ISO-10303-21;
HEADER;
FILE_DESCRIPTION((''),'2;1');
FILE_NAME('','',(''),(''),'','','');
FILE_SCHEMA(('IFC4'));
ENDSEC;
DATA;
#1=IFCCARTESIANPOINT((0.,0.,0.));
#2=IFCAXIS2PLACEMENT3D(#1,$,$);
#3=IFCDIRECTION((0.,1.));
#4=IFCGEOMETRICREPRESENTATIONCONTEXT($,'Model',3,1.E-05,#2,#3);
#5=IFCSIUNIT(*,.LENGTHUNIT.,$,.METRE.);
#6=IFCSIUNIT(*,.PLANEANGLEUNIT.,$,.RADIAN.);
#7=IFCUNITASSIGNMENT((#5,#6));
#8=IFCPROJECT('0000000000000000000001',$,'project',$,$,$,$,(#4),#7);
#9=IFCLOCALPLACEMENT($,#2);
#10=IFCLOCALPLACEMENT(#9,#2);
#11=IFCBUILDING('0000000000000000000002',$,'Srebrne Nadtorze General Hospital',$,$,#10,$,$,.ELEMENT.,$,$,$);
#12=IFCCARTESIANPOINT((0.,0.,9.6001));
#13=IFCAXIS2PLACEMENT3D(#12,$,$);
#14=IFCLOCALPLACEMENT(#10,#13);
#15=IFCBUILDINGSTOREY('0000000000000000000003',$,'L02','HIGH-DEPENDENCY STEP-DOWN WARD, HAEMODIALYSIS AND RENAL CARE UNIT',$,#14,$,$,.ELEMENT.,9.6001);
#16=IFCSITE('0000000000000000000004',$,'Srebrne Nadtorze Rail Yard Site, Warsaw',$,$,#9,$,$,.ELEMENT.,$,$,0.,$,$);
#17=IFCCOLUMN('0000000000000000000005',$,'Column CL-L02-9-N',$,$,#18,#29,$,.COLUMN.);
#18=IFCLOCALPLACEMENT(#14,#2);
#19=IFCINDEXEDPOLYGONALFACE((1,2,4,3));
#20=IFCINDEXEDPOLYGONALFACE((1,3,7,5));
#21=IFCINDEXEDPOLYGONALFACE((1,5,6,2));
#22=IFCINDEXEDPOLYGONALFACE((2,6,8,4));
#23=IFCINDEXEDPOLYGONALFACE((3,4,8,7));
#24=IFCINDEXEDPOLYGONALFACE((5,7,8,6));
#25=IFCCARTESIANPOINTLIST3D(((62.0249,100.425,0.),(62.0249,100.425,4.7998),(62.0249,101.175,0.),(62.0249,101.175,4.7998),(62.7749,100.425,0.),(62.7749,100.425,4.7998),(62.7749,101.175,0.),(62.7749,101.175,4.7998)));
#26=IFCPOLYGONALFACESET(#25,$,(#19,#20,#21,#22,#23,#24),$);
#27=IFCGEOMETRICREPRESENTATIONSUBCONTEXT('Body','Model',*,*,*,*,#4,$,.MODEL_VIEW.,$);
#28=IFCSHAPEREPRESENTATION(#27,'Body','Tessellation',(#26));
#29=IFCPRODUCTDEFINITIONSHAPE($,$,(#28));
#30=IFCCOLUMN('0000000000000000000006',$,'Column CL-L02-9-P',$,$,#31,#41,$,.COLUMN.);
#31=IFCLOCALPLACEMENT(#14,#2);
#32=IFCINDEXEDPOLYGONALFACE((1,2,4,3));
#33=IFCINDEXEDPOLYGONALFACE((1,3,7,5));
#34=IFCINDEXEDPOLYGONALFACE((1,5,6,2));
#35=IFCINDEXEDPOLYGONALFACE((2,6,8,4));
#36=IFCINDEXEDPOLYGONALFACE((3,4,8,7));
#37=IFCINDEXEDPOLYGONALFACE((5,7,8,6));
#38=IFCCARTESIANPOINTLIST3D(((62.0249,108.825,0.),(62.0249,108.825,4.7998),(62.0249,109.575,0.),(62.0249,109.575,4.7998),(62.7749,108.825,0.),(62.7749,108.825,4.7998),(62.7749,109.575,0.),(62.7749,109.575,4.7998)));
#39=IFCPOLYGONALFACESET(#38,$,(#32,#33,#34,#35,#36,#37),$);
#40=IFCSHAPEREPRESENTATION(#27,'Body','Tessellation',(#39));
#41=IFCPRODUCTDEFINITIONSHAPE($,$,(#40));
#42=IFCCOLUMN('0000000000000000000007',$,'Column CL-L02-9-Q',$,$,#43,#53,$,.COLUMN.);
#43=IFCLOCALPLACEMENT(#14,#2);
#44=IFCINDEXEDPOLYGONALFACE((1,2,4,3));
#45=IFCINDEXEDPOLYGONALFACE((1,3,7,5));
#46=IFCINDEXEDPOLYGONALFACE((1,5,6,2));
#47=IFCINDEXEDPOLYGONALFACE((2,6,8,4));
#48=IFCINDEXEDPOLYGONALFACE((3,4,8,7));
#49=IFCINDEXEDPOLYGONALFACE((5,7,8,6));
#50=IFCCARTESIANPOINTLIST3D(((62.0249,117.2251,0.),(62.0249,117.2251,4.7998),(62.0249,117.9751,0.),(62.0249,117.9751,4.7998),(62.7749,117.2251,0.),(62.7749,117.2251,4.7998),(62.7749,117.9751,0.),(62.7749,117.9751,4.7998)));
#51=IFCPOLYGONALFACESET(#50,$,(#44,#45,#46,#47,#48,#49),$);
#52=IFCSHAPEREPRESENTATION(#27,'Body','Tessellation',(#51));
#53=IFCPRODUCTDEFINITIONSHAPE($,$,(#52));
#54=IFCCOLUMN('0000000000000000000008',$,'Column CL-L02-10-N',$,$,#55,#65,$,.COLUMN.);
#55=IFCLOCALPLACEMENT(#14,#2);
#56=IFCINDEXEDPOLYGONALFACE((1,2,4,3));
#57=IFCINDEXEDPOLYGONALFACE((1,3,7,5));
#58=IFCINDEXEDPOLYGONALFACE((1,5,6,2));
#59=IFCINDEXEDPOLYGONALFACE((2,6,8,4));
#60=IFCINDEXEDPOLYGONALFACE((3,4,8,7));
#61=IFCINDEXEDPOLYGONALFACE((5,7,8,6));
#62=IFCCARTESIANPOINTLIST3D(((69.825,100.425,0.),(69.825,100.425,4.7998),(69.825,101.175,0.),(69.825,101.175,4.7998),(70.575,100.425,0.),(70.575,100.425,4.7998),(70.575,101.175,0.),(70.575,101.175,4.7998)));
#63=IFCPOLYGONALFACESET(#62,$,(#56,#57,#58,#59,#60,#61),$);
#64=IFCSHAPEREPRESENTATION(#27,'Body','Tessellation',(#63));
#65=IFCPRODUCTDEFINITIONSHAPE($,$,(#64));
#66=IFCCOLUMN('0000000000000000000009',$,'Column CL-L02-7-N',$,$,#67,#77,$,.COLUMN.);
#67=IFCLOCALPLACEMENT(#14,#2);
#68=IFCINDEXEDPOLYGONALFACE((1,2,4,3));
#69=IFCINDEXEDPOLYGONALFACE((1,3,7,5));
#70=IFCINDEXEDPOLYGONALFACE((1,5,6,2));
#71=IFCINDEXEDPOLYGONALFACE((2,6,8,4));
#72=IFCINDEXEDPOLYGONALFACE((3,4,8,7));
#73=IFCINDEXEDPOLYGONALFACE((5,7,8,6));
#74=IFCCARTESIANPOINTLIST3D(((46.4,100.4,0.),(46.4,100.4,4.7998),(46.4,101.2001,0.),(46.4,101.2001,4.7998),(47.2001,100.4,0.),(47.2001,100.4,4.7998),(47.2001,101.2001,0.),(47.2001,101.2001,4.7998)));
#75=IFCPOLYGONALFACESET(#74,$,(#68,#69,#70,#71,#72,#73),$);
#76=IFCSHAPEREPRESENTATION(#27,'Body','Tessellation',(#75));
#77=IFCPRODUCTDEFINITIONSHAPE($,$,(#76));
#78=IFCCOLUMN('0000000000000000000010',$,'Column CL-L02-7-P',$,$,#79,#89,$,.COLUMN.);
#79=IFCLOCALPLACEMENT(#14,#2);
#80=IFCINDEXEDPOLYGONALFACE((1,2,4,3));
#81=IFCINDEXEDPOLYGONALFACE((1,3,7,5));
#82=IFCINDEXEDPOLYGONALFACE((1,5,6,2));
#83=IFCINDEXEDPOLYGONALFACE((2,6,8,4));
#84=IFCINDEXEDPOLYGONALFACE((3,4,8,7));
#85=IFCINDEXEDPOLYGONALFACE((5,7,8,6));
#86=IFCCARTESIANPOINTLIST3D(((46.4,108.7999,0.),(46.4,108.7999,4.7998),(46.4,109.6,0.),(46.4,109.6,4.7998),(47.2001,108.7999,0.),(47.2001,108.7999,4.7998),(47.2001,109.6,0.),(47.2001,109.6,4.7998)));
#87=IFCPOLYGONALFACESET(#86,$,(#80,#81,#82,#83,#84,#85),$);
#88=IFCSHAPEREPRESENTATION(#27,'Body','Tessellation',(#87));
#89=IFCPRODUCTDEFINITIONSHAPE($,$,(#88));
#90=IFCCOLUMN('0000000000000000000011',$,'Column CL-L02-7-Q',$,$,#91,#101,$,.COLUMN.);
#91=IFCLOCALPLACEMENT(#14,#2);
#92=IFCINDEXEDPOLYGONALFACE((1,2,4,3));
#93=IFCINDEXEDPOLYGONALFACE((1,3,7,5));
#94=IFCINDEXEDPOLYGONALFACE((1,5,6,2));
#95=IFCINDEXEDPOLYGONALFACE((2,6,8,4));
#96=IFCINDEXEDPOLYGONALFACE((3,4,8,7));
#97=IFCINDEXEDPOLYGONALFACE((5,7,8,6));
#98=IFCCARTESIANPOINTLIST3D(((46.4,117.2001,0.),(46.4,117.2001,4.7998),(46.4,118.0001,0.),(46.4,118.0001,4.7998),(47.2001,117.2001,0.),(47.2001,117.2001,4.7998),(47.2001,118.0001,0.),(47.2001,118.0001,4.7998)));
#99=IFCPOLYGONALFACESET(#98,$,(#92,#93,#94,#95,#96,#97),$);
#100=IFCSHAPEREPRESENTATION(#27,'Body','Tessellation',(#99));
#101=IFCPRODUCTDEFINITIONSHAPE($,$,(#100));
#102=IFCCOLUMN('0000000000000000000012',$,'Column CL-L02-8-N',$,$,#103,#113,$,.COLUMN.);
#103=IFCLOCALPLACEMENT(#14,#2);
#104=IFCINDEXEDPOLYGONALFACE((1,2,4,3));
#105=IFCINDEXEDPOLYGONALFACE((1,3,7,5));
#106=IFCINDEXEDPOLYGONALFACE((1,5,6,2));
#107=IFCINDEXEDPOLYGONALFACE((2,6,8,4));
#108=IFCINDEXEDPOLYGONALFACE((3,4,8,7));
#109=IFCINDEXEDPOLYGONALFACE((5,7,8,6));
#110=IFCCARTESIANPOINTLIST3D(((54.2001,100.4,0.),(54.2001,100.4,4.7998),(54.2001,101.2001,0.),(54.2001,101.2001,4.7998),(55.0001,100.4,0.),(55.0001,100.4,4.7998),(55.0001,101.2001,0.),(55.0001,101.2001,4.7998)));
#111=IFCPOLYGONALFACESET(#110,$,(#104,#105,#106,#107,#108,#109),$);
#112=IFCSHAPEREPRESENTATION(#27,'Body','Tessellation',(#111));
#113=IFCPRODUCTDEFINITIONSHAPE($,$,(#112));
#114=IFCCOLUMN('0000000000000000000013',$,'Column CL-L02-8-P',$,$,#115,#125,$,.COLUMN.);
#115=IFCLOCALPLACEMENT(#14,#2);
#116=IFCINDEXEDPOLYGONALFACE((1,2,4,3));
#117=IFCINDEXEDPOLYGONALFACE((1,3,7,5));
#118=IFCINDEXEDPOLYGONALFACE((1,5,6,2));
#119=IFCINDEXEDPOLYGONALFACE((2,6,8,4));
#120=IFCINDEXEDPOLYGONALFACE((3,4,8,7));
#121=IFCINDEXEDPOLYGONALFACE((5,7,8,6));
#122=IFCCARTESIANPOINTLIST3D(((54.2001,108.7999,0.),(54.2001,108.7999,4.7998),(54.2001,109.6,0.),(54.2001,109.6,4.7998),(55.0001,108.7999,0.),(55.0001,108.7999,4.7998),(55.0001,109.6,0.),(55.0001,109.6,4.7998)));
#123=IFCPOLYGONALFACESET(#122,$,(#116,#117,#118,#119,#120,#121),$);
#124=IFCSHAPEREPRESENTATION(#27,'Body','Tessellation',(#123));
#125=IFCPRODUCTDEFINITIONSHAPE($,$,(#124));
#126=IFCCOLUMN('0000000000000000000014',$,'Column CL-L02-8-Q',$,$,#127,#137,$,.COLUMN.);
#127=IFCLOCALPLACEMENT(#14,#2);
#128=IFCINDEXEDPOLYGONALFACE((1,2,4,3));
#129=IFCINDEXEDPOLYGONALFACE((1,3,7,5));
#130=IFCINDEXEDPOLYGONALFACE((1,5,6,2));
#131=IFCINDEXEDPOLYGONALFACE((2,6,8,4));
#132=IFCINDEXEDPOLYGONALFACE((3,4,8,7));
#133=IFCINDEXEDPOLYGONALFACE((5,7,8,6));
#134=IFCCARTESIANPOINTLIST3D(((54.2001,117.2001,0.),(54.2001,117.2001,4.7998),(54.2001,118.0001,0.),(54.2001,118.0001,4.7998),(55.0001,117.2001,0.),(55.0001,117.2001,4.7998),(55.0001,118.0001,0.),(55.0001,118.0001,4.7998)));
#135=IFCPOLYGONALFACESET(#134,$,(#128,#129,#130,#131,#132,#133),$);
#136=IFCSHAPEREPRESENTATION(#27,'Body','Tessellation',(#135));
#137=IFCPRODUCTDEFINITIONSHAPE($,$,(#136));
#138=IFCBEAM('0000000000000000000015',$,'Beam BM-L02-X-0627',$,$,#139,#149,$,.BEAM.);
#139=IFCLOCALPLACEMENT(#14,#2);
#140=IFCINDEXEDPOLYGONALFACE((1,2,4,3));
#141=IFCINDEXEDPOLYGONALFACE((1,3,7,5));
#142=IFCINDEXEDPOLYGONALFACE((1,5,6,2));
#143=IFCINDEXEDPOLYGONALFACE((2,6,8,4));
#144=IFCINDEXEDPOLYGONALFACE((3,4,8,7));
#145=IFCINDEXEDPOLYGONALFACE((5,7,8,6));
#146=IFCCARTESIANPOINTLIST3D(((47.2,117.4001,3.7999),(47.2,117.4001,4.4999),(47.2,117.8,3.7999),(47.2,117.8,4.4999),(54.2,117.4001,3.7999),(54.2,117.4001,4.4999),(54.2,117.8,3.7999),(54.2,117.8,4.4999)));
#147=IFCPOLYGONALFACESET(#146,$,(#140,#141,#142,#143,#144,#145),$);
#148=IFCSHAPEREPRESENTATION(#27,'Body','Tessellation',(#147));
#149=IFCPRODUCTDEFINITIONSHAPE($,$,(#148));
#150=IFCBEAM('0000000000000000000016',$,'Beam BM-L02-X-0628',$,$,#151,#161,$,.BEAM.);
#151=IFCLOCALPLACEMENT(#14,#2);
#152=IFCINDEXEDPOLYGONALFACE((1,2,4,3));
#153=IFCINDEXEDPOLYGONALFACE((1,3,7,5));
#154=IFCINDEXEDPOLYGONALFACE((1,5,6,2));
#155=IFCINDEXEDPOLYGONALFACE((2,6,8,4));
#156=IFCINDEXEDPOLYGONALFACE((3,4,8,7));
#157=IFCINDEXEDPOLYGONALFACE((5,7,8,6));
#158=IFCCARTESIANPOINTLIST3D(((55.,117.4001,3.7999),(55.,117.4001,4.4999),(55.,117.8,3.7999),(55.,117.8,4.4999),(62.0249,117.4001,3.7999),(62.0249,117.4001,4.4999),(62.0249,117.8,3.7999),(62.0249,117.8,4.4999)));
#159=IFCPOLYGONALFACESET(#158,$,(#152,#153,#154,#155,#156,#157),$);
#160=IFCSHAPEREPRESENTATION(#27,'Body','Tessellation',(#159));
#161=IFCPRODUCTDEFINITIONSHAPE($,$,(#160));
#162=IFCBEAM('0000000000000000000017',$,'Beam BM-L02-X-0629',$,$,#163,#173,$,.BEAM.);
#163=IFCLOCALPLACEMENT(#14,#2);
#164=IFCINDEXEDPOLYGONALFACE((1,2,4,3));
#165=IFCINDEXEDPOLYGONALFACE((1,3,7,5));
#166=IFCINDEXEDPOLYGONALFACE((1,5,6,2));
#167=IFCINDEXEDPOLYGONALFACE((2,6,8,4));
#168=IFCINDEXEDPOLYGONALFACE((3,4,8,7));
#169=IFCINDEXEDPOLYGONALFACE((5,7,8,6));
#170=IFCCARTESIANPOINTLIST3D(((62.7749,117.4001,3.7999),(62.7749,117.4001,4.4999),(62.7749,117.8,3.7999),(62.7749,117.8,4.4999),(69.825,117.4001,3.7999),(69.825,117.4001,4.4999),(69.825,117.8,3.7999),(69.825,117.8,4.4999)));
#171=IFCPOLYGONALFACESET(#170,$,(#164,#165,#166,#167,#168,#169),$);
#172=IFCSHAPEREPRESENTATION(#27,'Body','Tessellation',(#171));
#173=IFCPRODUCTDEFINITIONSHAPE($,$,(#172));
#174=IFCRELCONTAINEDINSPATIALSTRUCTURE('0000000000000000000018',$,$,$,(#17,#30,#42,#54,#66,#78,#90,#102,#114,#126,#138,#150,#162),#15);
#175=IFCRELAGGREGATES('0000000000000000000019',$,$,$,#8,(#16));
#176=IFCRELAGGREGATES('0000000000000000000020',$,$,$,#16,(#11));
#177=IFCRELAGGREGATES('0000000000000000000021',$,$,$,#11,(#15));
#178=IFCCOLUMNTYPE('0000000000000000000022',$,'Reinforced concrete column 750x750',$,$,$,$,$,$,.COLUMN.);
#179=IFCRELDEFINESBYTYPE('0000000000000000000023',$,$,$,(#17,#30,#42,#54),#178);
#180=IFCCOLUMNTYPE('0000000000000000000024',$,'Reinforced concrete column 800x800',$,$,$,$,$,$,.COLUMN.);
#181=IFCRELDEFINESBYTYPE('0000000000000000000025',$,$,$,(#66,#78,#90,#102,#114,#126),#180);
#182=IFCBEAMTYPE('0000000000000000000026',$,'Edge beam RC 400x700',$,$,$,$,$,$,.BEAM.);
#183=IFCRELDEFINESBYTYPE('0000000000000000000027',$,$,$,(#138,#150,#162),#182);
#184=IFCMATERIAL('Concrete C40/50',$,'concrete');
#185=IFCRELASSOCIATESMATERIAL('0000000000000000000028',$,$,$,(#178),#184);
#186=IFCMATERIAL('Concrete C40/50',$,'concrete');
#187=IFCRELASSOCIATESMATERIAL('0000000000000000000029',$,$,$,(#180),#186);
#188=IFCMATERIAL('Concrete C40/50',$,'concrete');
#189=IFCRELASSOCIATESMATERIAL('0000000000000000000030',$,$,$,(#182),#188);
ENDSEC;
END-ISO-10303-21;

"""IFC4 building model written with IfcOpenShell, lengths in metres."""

from ifc_helpers import new_model, si_unit, direction, frame, origin, origin_2d, place, context, subcontext, project, spatial, rectangle, extrude, material, material_profile, profile_set, type_object, element, save


model = new_model("IFC4")

# Units and contexts
model_context = context("Model", 3, precision=1e-05, world=origin(), true_north=direction((0.0, 1.0)))
body_context = subcontext(model_context, "Body", "Model", "MODEL_VIEW")
ifc_project = project(units=[si_unit("LENGTHUNIT", "METRE"), si_unit("PLANEANGLEUNIT", "RADIAN")], contexts=[model_context])

# Site, building, storey
site_placement = place(None, origin())
site = spatial("IfcSite", under=ifc_project, at=site_placement, Name="Srebrne Nadtorze Rail Yard Site, Warsaw", CompositionType="ELEMENT", RefElevation=0.0)
building_placement = place(site_placement, origin())
building = spatial("IfcBuilding", under=site, at=building_placement, Name="Srebrne Nadtorze General Hospital", CompositionType="ELEMENT")
storey_placement = place(building_placement, frame((0.0, 0.0, 9.6001)))
storey = spatial("IfcBuildingStorey", under=building, at=storey_placement, Name="L02", Description="HIGH-DEPENDENCY STEP-DOWN WARD, HAEMODIALYSIS AND RENAL CARE UNIT", CompositionType="ELEMENT", Elevation=9.6001)

# Columns
ifc_material_1 = material(Name="Concrete C40/50", Category="concrete")
ifc_material_profile_1 = material_profile(ifc_material_1, rectangle(XDim=0.75, YDim=0.75, at=origin_2d()), Name="RC-COL-750x750")
ifc_profile_set_1 = profile_set([ifc_material_profile_1], Name="Concrete C40/50")
column_type_1 = type_object("IfcColumnType", Name="Reinforced concrete column 750x750", PredefinedType="COLUMN", material=ifc_profile_set_1)
for number, where, z_axis, x_axis, name in (
    (1, (62.3999, 100.8, 0.0), (0.0, 0.0, 1.0), (1.0, 0.0, 0.0), "Column CL-L02-9-N"),
    (2, (62.3999, 109.2, 0.0), (0.0, 0.0, 1.0), (1.0, 0.0, 0.0), "Column CL-L02-9-P"),
    (3, (62.3999, 117.6001, 0.0), (0.0, 0.0, 1.0), (1.0, 0.0, 0.0), "Column CL-L02-9-Q"),
    (4, (70.2, 100.8, 0.0), (0.0, 0.0, 1.0), (1.0, 0.0, 0.0), "Column CL-L02-10-N"),
):
    element("IfcColumn", number, at=place(storey_placement, frame(where, z_axis=z_axis, x_axis=x_axis)), inside=storey, type_object=column_type_1, Name=name, PredefinedType="COLUMN", context=body_context, shape_type="SweptSolid", body=[
        extrude(rectangle(XDim=0.75, YDim=0.75, at=origin_2d()), origin(), (0.0, 0.0, 1.0), 4.7998),
    ])
ifc_material_2 = material(Name="Concrete C40/50", Category="concrete")
ifc_material_profile_2 = material_profile(ifc_material_2, rectangle(XDim=0.8, YDim=0.8, at=origin_2d()), Name="RC-COL-800x800")
ifc_profile_set_2 = profile_set([ifc_material_profile_2], Name="Concrete C40/50")
column_type_2 = type_object("IfcColumnType", Name="Reinforced concrete column 800x800", PredefinedType="COLUMN", material=ifc_profile_set_2)
for number, where, z_axis, x_axis, name in (
    (5, (46.8, 100.8, 0.0), (0.0, 0.0, 1.0), (1.0, 0.0, 0.0), "Column CL-L02-7-N"),
    (6, (46.8, 109.2, 0.0), (0.0, 0.0, 1.0), (1.0, 0.0, 0.0), "Column CL-L02-7-P"),
    (7, (46.8, 117.6001, 0.0), (0.0, 0.0, 1.0), (1.0, 0.0, 0.0), "Column CL-L02-7-Q"),
    (8, (54.6001, 100.8, 0.0), (0.0, 0.0, 1.0), (1.0, 0.0, 0.0), "Column CL-L02-8-N"),
    (9, (54.6001, 109.2, 0.0), (0.0, 0.0, 1.0), (1.0, 0.0, 0.0), "Column CL-L02-8-P"),
    (10, (54.6001, 117.6001, 0.0), (0.0, 0.0, 1.0), (1.0, 0.0, 0.0), "Column CL-L02-8-Q"),
):
    element("IfcColumn", number, at=place(storey_placement, frame(where, z_axis=z_axis, x_axis=x_axis)), inside=storey, type_object=column_type_2, Name=name, PredefinedType="COLUMN", context=body_context, shape_type="SweptSolid", body=[
        extrude(rectangle(XDim=0.8, YDim=0.8, at=origin_2d()), origin(), (0.0, 0.0, 1.0), 4.7998),
    ])

# Beams
ifc_material_3 = material(Name="Concrete C40/50", Category="concrete")
ifc_material_profile_3 = material_profile(ifc_material_3, rectangle(XDim=0.3999, YDim=0.7, at=origin_2d()), Name="RC-BM-400x700")
ifc_profile_set_3 = profile_set([ifc_material_profile_3], Name="Concrete C40/50")
beam_type = type_object("IfcBeamType", Name="Edge beam RC 400x700", PredefinedType="BEAM", material=ifc_profile_set_3)
beam_1_placement = place(storey_placement, frame((47.2, 117.6001, 4.1499), z_axis=(1.0, 0.0, 0.0), x_axis=(0.0, 1.0, 0.0)))
element("IfcBeam", 11, at=beam_1_placement, inside=storey, type_object=beam_type, Name="Beam BM-L02-X-0627", PredefinedType="BEAM", context=body_context, shape_type="SweptSolid", body=[
    extrude(rectangle(XDim=0.3999, YDim=0.7, at=origin_2d()), origin(), (0.0, 0.0, 1.0), 7.0),
])
beam_2_placement = place(storey_placement, frame((55.0, 117.6001, 4.1499), z_axis=(1.0, 0.0, 0.0), x_axis=(0.0, 1.0, 0.0)))
element("IfcBeam", 12, at=beam_2_placement, inside=storey, type_object=beam_type, Name="Beam BM-L02-X-0628", PredefinedType="BEAM", context=body_context, shape_type="SweptSolid", body=[
    extrude(rectangle(XDim=0.3999, YDim=0.7, at=origin_2d()), origin(), (0.0, 0.0, 1.0), 7.0249),
])
beam_3_placement = place(storey_placement, frame((62.7749, 117.6001, 4.1499), z_axis=(1.0, 0.0, 0.0), x_axis=(0.0, 1.0, 0.0)))
element("IfcBeam", 13, at=beam_3_placement, inside=storey, type_object=beam_type, Name="Beam BM-L02-X-0629", PredefinedType="BEAM", context=body_context, shape_type="SweptSolid", body=[
    extrude(rectangle(XDim=0.3999, YDim=0.7, at=origin_2d()), origin(), (0.0, 0.0, 1.0), 7.05),
])

save(model, "model.ifc")
